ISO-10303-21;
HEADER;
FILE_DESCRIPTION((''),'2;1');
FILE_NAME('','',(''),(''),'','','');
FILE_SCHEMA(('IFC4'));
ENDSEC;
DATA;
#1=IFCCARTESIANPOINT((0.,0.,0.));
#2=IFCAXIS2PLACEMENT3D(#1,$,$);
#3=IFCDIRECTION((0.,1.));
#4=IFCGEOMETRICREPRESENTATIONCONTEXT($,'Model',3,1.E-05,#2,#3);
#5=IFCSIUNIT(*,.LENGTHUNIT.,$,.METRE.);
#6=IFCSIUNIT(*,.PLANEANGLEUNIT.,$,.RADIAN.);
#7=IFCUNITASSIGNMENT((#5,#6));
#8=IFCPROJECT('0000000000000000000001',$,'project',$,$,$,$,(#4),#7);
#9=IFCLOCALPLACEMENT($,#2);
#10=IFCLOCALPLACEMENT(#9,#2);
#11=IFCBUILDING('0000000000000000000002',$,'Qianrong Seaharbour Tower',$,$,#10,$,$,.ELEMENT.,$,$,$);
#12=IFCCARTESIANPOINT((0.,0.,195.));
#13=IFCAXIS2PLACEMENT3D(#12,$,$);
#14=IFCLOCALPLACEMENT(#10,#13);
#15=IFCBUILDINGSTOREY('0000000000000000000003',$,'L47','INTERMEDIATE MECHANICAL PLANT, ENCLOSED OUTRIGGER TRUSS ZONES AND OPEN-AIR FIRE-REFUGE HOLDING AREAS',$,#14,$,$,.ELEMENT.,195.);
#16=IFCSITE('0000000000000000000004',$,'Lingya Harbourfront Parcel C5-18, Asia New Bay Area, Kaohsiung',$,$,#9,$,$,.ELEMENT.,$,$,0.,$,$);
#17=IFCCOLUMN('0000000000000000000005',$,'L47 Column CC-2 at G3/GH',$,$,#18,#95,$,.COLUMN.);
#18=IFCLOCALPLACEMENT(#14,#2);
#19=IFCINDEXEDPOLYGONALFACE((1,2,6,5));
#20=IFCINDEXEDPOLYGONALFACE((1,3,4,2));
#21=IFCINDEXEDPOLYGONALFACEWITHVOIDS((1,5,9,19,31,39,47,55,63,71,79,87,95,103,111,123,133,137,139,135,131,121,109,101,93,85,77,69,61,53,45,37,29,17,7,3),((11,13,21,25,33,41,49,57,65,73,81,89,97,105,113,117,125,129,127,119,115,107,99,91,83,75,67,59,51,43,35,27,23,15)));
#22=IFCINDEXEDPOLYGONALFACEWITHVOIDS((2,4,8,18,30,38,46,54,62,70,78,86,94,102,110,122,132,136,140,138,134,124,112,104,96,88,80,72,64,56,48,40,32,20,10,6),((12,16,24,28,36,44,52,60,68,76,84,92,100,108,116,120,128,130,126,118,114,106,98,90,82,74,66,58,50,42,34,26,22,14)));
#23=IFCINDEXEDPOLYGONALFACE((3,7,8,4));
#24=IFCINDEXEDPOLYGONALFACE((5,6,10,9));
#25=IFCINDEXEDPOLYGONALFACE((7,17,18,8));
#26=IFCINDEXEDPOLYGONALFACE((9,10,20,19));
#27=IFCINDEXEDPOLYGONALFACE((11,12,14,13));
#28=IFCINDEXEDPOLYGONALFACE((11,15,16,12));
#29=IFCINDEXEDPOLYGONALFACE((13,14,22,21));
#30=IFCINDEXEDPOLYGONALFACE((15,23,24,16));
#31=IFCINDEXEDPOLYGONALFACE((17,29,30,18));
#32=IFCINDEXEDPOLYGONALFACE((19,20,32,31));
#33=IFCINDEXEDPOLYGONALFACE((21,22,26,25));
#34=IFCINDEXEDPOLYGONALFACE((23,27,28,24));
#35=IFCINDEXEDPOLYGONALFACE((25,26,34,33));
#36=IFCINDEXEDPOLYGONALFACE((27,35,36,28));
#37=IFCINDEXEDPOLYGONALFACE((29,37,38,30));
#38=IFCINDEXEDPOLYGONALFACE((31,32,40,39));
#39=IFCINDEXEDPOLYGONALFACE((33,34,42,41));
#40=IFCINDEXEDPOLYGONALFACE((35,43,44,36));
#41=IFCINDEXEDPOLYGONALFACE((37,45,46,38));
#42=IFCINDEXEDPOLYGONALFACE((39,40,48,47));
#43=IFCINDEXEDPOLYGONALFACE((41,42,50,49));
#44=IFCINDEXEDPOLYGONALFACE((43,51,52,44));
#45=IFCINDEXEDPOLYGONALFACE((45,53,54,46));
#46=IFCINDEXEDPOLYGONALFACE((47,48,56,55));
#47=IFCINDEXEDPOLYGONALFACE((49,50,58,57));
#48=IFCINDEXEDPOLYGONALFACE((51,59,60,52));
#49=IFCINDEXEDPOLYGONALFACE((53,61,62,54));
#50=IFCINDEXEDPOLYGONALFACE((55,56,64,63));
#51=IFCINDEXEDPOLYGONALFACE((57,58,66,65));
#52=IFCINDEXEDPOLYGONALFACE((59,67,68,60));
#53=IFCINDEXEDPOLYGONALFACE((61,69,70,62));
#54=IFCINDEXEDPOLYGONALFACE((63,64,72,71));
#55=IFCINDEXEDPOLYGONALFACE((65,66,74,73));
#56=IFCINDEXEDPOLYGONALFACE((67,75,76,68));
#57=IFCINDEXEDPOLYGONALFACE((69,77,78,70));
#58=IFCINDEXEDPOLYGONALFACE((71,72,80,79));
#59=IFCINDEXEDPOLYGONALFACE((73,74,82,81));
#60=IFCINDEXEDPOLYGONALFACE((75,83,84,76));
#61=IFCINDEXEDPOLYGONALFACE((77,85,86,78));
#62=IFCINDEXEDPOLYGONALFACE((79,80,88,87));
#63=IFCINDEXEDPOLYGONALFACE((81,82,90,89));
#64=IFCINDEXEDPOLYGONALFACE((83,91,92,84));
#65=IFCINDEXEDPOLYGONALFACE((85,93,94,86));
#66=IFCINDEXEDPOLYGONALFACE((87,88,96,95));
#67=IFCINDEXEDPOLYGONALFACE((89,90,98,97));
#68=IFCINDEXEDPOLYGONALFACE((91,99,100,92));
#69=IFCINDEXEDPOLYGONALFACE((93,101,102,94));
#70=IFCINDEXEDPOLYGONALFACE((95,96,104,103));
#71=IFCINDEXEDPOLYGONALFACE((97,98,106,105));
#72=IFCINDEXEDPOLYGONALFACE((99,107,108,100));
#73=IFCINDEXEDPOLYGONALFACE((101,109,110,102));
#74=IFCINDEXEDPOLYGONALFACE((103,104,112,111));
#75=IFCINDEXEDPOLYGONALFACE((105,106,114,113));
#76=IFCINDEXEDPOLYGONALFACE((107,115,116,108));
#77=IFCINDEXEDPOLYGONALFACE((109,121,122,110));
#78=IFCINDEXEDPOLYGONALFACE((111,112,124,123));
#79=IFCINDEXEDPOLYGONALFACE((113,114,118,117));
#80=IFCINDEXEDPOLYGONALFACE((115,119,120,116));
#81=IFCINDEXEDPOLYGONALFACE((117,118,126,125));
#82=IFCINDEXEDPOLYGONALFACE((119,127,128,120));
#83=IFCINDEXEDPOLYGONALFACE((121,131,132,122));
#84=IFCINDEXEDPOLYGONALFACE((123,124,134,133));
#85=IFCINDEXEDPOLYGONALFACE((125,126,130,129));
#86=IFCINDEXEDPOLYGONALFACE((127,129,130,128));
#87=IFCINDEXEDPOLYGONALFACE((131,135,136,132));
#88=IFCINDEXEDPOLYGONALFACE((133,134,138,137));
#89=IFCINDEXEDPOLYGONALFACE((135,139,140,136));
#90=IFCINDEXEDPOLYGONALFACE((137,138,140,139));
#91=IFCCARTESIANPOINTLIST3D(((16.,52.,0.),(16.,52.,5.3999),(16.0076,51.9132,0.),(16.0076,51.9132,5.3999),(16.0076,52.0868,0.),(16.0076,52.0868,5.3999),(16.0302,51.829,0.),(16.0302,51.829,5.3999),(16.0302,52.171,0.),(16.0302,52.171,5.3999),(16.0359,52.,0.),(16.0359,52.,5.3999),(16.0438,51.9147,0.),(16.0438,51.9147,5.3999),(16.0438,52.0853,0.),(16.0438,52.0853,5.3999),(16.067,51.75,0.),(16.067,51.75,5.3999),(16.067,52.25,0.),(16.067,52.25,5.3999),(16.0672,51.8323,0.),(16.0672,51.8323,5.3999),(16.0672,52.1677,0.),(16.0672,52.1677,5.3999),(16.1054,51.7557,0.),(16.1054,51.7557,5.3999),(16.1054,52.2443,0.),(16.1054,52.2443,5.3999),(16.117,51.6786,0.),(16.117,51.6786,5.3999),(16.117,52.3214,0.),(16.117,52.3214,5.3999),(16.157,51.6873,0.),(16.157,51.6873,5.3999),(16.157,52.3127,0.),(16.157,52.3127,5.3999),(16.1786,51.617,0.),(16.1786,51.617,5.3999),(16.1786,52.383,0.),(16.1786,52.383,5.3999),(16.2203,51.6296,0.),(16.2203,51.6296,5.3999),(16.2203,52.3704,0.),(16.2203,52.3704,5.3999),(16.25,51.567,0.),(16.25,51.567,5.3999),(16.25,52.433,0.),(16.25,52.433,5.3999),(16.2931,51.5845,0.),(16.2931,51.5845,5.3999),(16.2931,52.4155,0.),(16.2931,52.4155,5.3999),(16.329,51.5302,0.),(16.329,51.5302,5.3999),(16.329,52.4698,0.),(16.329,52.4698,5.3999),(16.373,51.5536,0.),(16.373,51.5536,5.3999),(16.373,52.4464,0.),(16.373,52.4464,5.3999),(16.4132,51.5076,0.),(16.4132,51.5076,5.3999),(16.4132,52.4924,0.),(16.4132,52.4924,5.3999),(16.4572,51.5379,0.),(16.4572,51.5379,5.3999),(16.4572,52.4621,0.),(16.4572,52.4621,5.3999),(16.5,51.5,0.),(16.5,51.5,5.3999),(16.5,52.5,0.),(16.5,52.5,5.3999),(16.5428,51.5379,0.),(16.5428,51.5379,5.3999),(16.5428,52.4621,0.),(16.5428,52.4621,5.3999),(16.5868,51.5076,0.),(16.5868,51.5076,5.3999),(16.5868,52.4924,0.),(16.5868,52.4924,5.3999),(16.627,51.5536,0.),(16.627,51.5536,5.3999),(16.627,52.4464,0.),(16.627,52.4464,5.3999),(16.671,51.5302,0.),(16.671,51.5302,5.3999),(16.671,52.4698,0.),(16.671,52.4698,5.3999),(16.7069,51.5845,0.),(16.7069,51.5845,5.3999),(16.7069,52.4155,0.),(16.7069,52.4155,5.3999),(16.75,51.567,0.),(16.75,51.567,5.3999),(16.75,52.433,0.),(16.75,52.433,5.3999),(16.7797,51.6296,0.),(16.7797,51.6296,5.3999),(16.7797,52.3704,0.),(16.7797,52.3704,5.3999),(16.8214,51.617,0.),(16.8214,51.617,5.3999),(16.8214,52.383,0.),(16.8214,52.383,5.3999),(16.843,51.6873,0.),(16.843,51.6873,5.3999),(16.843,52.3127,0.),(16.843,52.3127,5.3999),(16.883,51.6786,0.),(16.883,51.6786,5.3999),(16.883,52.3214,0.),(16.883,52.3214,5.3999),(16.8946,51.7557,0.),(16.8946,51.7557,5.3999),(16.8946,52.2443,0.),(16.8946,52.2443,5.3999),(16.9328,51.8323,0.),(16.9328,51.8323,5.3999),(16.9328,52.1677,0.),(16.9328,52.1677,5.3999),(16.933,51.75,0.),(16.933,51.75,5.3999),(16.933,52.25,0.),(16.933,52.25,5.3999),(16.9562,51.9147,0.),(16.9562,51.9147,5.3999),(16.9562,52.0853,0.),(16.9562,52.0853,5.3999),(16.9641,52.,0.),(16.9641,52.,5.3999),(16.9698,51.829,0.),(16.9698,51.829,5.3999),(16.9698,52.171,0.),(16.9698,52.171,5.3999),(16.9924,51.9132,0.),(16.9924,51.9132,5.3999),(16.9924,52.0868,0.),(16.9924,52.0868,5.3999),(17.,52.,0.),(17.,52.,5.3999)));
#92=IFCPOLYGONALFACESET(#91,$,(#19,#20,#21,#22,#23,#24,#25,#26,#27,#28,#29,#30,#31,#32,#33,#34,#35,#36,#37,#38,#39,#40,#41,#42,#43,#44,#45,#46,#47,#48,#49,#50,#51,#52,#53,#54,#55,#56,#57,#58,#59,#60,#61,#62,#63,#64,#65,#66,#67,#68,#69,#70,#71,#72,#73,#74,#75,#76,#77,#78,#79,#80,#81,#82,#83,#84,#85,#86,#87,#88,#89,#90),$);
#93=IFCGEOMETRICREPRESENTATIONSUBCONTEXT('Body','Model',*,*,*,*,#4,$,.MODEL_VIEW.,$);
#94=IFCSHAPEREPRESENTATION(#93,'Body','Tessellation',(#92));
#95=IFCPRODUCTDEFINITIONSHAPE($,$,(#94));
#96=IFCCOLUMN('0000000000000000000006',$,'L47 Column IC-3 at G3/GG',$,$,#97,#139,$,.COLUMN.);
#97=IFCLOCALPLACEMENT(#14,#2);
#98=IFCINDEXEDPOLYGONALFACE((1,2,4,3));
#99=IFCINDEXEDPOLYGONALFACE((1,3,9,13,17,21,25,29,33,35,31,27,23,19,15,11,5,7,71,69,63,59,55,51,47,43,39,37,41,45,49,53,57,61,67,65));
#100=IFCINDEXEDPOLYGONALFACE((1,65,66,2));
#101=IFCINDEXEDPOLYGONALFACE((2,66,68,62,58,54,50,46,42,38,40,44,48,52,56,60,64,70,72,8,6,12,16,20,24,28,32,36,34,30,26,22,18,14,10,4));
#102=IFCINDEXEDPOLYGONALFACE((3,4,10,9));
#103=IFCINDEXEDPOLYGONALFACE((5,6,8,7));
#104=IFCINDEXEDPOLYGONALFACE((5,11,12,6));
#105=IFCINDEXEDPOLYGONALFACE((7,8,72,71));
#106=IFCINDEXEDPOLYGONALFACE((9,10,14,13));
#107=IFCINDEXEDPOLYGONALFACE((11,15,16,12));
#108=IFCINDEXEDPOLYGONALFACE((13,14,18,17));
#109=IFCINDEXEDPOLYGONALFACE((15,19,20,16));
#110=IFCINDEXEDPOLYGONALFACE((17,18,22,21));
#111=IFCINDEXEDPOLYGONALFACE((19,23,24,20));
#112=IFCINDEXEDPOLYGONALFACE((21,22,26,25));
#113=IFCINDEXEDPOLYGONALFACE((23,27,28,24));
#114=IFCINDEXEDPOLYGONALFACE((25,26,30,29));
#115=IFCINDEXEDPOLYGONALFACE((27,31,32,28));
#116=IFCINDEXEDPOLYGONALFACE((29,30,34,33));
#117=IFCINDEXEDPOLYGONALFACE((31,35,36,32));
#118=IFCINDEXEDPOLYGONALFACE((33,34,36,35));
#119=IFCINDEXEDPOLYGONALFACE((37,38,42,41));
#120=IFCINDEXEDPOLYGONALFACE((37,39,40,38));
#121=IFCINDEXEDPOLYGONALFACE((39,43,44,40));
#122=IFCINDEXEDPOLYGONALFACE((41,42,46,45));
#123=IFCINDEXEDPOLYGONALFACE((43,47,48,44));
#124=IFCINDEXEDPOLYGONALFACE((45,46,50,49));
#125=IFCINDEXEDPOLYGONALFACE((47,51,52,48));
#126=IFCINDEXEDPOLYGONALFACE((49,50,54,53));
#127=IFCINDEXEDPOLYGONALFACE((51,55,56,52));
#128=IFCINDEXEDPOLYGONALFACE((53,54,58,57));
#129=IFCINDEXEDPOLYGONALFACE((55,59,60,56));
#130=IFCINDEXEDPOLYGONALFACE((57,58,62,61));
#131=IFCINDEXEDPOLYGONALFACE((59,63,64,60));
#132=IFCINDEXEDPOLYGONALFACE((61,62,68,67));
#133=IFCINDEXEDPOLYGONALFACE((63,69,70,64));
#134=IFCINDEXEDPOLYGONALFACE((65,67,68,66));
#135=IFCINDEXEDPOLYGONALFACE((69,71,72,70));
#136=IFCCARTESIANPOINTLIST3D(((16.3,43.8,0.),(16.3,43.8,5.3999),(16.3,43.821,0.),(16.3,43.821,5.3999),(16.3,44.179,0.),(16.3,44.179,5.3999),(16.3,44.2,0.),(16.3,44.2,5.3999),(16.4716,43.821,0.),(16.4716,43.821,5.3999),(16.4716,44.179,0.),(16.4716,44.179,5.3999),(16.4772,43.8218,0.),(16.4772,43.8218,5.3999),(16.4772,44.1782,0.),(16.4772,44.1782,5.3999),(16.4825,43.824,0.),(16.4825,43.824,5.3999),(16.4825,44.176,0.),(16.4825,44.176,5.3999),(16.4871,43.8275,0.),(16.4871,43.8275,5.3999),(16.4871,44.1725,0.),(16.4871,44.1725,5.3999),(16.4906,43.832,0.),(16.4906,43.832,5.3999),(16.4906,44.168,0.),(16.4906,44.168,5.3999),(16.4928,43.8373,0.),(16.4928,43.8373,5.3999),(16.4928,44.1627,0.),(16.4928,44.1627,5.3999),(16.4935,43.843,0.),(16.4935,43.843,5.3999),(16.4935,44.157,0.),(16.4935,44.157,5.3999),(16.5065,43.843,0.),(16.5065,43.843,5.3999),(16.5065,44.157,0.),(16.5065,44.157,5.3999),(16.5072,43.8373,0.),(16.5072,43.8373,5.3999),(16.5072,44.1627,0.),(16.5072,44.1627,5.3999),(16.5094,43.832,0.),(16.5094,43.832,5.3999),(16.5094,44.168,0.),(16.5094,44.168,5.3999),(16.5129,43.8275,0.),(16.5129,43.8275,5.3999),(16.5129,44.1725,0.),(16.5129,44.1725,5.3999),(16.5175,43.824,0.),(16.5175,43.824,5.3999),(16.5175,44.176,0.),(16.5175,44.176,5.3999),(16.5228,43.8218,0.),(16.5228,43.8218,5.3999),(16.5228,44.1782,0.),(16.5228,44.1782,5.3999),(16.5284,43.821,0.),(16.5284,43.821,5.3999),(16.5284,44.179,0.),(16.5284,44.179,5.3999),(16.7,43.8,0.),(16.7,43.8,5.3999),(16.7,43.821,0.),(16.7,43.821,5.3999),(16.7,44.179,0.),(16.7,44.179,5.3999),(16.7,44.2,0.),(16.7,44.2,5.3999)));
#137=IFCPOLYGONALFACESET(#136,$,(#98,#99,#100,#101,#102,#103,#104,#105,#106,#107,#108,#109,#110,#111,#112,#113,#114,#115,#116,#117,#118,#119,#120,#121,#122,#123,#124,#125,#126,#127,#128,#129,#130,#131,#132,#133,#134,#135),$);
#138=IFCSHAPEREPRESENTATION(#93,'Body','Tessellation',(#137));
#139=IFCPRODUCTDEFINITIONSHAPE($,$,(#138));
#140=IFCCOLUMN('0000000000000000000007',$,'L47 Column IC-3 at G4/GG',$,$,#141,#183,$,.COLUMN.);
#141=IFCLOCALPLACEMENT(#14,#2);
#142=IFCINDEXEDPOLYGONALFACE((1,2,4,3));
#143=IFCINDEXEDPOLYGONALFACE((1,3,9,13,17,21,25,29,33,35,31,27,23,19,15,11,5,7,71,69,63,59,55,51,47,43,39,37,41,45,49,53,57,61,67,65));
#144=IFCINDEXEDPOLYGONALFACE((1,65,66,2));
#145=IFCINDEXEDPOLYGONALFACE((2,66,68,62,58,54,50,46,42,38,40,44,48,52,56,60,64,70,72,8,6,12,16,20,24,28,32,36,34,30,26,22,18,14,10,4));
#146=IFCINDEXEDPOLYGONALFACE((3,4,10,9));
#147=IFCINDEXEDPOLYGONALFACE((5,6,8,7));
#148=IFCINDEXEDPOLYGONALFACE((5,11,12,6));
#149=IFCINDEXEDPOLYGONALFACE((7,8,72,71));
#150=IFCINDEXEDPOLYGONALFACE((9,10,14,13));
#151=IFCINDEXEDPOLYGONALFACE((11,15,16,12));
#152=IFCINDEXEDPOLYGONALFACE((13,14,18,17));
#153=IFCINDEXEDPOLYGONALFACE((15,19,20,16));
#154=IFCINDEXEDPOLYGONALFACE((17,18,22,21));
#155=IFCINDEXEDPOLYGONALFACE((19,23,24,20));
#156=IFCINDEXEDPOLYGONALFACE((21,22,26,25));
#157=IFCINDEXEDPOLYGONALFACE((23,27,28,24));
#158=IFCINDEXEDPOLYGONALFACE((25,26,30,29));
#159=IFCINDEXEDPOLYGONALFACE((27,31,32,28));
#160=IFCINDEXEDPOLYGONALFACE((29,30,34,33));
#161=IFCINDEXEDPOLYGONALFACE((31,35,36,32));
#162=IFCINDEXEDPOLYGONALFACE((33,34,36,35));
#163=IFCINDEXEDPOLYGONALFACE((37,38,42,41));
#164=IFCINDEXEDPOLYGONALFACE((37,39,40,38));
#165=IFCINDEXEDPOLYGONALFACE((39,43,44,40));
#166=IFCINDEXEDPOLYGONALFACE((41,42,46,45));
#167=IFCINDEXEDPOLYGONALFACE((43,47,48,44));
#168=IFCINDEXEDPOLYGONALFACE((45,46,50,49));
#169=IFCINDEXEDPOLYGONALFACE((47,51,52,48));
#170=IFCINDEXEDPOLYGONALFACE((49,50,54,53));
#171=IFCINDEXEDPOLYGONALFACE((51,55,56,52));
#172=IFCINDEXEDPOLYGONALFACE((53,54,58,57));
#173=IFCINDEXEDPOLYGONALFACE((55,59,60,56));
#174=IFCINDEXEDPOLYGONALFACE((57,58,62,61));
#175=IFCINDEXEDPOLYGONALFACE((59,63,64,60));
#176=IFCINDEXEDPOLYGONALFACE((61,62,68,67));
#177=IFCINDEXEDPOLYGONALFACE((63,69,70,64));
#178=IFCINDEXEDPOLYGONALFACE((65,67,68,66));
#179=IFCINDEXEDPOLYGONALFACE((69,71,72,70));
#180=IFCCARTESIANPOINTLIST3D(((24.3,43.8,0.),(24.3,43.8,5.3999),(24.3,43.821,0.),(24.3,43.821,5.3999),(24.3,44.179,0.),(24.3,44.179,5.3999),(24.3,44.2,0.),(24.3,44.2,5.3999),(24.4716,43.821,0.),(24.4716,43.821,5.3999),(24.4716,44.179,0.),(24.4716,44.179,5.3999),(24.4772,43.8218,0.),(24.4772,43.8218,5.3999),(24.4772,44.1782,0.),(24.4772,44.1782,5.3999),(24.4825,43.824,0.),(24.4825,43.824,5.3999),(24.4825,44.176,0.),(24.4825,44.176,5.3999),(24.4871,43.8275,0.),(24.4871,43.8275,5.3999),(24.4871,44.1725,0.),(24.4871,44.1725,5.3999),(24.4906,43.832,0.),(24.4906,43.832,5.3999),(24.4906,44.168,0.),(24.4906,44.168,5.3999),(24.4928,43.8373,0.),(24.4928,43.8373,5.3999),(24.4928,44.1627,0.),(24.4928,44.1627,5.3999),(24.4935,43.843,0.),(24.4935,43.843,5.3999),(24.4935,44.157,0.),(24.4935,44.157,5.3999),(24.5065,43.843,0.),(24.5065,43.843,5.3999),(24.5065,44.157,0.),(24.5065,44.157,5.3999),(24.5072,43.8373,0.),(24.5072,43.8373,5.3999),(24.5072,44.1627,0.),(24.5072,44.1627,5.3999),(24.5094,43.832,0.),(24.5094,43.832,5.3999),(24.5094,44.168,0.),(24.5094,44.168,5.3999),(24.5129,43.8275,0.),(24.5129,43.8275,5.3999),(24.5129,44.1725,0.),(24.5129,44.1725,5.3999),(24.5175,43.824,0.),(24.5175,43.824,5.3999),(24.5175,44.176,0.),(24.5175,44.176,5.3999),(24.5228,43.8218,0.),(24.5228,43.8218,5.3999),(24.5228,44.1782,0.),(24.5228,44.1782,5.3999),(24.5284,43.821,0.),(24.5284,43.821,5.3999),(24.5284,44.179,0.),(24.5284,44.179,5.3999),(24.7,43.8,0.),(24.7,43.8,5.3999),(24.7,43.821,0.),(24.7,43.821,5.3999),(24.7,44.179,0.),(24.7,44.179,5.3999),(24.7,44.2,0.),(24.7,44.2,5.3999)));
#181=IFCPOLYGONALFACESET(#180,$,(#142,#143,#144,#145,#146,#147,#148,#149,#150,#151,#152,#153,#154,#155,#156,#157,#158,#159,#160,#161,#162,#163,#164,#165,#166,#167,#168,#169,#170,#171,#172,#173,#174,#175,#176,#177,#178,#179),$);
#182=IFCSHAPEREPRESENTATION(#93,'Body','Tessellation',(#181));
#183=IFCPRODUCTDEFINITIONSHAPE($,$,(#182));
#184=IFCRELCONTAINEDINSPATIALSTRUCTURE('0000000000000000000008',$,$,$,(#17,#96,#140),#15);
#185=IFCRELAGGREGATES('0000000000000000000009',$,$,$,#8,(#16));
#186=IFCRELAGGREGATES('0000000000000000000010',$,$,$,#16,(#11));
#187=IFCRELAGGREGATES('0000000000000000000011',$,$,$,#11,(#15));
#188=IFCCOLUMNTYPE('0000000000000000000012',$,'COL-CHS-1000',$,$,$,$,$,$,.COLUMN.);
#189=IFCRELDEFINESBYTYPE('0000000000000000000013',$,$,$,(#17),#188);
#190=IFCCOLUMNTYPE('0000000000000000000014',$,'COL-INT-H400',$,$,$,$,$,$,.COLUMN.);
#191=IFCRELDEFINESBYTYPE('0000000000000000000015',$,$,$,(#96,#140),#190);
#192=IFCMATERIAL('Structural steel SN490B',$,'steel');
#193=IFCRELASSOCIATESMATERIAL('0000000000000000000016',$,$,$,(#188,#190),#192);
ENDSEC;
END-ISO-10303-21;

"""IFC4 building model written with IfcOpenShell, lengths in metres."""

from ifc_helpers import new_model, si_unit, direction, frame, origin, origin_2d, place, context, subcontext, project, spatial, hollow_circle, i_section, extrude, material, material_profile, profile_set, type_object, element, save


model = new_model("IFC4")

# Units and contexts
model_context = context("Model", 3, precision=1e-05, world=origin(), true_north=direction((0.0, 1.0)))
body_context = subcontext(model_context, "Body", "Model", "MODEL_VIEW")
ifc_project = project(units=[si_unit("LENGTHUNIT", "METRE"), si_unit("PLANEANGLEUNIT", "RADIAN")], contexts=[model_context])

# Site, building, storey
site_placement = place(None, origin())
site = spatial("IfcSite", under=ifc_project, at=site_placement, Name="Lingya Harbourfront Parcel C5-18, Asia New Bay Area, Kaohsiung", CompositionType="ELEMENT", RefElevation=0.0)
building_placement = place(site_placement, origin())
building = spatial("IfcBuilding", under=site, at=building_placement, Name="Qianrong Seaharbour Tower", CompositionType="ELEMENT")
storey_placement = place(building_placement, frame((0.0, 0.0, 195.0)))
storey = spatial("IfcBuildingStorey", under=building, at=storey_placement, Name="L47", Description="INTERMEDIATE MECHANICAL PLANT, ENCLOSED OUTRIGGER TRUSS ZONES AND OPEN-AIR FIRE-REFUGE HOLDING AREAS", CompositionType="ELEMENT", Elevation=195.0)

# Columns
ifc_material_1 = material(Name="Structural steel SN490B", Category="steel")
ifc_material_profile_1 = material_profile(ifc_material_1, hollow_circle(Radius=0.5, WallThickness=0.0359, at=origin_2d()), Name="CHS1000x36")
ifc_profile_set_1 = profile_set([ifc_material_profile_1], Name="Structural steel SN490B")
column_type_1 = type_object("IfcColumnType", Name="COL-CHS-1000", PredefinedType="COLUMN", material=ifc_profile_set_1)
column_placement = place(storey_placement, frame((16.5, 52.0, 0.0), z_axis=(0.0, 0.0, 1.0), x_axis=(1.0, 0.0, 0.0)))
element("IfcColumn", 1, at=column_placement, inside=storey, type_object=column_type_1, Name="L47 Column CC-2 at G3/GH", PredefinedType="COLUMN", context=body_context, shape_type="SweptSolid", body=[
    extrude(hollow_circle(Radius=0.5, WallThickness=0.0359, at=origin_2d()), origin(), (0.0, 0.0, 1.0), 5.3999),
])
ifc_material_profile_2 = material_profile(ifc_material_1, i_section(OverallWidth=0.3999, OverallDepth=0.3999, WebThickness=0.0129, FlangeThickness=0.021, FilletRadius=0.022, at=origin_2d()), Name="H400x400x13x21")
ifc_profile_set_2 = profile_set([ifc_material_profile_2], Name="Structural steel SN490B")
column_type_2 = type_object("IfcColumnType", Name="COL-INT-H400", PredefinedType="COLUMN", material=ifc_profile_set_2)
for number, where, z_axis, x_axis, name in (
    (2, (16.5, 44.0, 0.0), (0.0, 0.0, 1.0), (1.0, 0.0, 0.0), "L47 Column IC-3 at G3/GG"),
    (3, (24.5, 44.0, 0.0), (0.0, 0.0, 1.0), (1.0, 0.0, 0.0), "L47 Column IC-3 at G4/GG"),
):
    element("IfcColumn", number, at=place(storey_placement, frame(where, z_axis=z_axis, x_axis=x_axis)), inside=storey, type_object=column_type_2, Name=name, PredefinedType="COLUMN", context=body_context, shape_type="SweptSolid", body=[
        extrude(i_section(OverallWidth=0.3999, OverallDepth=0.3999, WebThickness=0.0129, FlangeThickness=0.021, FilletRadius=0.022, at=origin_2d()), origin(), (0.0, 0.0, 1.0), 5.3999),
    ])

save(model, "model.ifc")
